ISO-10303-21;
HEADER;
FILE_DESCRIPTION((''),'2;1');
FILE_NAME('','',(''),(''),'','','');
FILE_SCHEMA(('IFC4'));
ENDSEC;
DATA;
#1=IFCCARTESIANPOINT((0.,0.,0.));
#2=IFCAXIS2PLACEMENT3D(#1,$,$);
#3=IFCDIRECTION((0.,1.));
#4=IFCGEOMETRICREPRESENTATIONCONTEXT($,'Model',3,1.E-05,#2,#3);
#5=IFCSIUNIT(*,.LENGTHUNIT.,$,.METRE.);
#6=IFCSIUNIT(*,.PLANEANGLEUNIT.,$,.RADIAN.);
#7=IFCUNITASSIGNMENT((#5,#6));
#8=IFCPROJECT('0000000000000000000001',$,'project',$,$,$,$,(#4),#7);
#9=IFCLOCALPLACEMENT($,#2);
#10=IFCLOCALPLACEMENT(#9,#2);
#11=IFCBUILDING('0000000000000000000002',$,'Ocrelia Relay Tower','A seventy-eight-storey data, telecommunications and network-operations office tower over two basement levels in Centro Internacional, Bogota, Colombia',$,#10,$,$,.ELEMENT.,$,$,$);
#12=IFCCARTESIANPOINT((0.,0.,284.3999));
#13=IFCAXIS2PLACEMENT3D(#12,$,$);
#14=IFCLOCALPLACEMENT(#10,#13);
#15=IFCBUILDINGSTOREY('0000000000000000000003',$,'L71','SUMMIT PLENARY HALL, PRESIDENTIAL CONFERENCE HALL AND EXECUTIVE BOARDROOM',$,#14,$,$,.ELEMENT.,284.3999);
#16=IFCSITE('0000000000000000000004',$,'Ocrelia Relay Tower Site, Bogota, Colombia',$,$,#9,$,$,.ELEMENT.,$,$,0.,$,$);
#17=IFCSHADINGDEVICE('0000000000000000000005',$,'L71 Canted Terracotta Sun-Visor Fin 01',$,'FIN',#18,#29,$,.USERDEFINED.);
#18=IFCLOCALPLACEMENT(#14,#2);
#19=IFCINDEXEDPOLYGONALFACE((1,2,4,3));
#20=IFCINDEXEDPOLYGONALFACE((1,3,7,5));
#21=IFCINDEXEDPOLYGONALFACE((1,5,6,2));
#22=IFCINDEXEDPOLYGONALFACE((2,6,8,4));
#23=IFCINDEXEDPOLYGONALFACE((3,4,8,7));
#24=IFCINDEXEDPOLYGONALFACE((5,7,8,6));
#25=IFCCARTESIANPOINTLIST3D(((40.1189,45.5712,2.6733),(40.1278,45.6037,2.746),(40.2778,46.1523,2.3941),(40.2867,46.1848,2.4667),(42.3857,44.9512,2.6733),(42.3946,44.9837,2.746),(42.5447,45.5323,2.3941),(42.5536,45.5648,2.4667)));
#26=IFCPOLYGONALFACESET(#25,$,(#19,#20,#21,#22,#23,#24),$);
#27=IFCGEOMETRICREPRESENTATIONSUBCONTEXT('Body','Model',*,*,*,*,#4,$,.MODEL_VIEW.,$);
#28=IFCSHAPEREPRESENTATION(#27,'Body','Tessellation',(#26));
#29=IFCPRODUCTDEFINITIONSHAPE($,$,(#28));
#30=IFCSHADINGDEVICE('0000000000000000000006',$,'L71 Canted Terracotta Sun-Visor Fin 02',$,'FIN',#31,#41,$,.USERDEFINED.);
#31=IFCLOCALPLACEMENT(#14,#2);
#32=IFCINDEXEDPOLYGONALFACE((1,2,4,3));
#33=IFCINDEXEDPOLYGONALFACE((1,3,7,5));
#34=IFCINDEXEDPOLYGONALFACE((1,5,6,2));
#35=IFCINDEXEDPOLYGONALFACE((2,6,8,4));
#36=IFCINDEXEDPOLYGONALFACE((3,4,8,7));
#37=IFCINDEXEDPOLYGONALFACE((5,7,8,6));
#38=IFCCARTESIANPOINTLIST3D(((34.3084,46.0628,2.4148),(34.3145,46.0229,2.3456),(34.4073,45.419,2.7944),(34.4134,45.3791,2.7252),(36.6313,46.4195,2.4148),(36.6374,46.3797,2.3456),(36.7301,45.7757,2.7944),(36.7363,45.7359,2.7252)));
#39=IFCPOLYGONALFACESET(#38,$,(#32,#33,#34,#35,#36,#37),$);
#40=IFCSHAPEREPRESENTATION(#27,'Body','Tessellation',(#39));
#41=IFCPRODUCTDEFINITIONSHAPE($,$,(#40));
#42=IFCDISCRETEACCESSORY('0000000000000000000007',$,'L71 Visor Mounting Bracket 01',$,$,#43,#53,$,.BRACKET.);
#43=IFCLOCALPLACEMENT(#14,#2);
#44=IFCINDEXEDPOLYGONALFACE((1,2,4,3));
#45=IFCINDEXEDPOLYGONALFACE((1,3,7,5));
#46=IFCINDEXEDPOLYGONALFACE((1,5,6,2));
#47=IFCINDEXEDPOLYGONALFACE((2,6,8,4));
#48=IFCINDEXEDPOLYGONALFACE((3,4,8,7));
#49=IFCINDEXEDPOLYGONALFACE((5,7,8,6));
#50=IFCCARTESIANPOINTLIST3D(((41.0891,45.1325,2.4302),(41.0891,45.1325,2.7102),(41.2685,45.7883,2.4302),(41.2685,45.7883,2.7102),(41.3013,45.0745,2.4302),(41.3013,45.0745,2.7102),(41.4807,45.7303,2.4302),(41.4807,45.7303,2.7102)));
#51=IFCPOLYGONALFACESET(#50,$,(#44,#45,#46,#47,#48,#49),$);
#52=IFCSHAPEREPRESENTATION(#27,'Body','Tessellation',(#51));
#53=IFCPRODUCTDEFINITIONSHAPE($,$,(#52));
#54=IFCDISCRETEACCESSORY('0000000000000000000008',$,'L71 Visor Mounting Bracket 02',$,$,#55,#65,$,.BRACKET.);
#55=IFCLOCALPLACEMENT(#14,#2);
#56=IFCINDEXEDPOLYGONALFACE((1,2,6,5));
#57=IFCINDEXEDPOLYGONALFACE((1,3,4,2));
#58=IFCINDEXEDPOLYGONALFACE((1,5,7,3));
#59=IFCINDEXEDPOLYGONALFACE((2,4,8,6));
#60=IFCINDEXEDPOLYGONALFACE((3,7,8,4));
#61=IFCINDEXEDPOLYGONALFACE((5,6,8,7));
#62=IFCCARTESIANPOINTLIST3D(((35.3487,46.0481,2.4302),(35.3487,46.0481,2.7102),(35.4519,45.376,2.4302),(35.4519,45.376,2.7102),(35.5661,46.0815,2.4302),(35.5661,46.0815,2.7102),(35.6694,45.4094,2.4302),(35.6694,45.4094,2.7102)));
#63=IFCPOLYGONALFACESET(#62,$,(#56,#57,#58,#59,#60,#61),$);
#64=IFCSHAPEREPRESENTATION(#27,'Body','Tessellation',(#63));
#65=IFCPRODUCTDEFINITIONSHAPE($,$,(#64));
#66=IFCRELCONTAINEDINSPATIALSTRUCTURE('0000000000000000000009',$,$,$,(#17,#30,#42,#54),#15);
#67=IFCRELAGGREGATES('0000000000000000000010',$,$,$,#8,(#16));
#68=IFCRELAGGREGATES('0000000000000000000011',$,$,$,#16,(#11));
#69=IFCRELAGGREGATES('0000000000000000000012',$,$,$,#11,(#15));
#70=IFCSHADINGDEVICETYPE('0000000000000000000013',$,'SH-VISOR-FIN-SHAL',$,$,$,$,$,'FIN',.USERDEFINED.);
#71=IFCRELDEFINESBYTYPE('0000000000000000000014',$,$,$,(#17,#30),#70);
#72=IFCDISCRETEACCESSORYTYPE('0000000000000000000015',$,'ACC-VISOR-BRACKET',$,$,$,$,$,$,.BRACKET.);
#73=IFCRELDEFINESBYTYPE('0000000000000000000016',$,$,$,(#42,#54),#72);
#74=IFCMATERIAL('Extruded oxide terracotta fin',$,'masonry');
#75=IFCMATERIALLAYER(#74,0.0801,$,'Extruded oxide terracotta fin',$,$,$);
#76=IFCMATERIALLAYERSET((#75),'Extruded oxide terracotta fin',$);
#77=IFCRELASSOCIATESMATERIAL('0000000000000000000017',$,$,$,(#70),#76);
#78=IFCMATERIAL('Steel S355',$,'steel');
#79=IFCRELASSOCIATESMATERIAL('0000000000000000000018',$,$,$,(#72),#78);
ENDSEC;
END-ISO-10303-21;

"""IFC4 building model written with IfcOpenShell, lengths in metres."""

from ifc_helpers import new_model, si_unit, direction, frame, origin, origin_2d, place, context, subcontext, project, spatial, rectangle, extrude, material, layer, layer_set, type_object, element, save


model = new_model("IFC4")

# Units and contexts
model_context = context("Model", 3, precision=1e-05, world=origin(), true_north=direction((0.0, 1.0)))
body_context = subcontext(model_context, "Body", "Model", "MODEL_VIEW")
ifc_project = project(units=[si_unit("LENGTHUNIT", "METRE"), si_unit("PLANEANGLEUNIT", "RADIAN")], contexts=[model_context])

# Site, building, storey
site_placement = place(None, origin())
site = spatial("IfcSite", under=ifc_project, at=site_placement, Name="Ocrelia Relay Tower Site, Bogota, Colombia", CompositionType="ELEMENT", RefElevation=0.0)
building_placement = place(site_placement, origin())
building = spatial("IfcBuilding", under=site, at=building_placement, Name="Ocrelia Relay Tower", Description="A seventy-eight-storey data, telecommunications and network-operations office tower over two basement levels in Centro Internacional, Bogota, Colombia", CompositionType="ELEMENT")
storey_placement = place(building_placement, frame((0.0, 0.0, 284.3999)))
storey = spatial("IfcBuildingStorey", under=building, at=storey_placement, Name="L71", Description="SUMMIT PLENARY HALL, PRESIDENTIAL CONFERENCE HALL AND EXECUTIVE BOARDROOM", CompositionType="ELEMENT", Elevation=284.3999)

# Shared definitions
ifc_material_1 = material(Name="Steel S355", Category="steel")

# Shading devices
ifc_material_2 = material(Name="Extruded oxide terracotta fin", Category="masonry")
ifc_layer_1 = layer(ifc_material_2, 0.0801, Name="Extruded oxide terracotta fin")
ifc_layer_set_1 = layer_set([ifc_layer_1], Name="Extruded oxide terracotta fin")
shading_device_type_1 = type_object("IfcShadingDeviceType", Name="SH-VISOR-FIN-SHAL", ElementType="FIN", PredefinedType="USERDEFINED", material=ifc_layer_set_1)
shading_device_1_placement = place(storey_placement, frame((41.3318, 45.5518, 2.5337), z_axis=(0.110955, 0.40566, 0.907264), x_axis=(-0.96457, 0.263827, 0.0)))
element("IfcShadingDevice", 1, at=shading_device_1_placement, inside=storey, type_object=shading_device_type_1, Name="L71 Canted Terracotta Sun-Visor Fin 01", ObjectType="FIN", PredefinedType="USERDEFINED", context=body_context, shape_type="SweptSolid", body=[
    extrude(rectangle(XDim=2.3501, YDim=0.6641, at=origin_2d()), origin(), (0.0, 0.0, 1.0), 0.0801),
])
shading_device_2_placement = place(storey_placement, frame((35.5254, 45.8794, 2.5354), z_axis=(-0.076428, 0.497638, 0.864011), x_axis=(-0.988411, -0.151802, 0.0)))
element("IfcShadingDevice", 2, at=shading_device_2_placement, inside=storey, type_object=shading_device_type_1, Name="L71 Canted Terracotta Sun-Visor Fin 02", ObjectType="FIN", PredefinedType="USERDEFINED", context=body_context, shape_type="SweptSolid", body=[
    extrude(rectangle(XDim=2.3501, YDim=0.7539, at=origin_2d()), origin(), (0.0, 0.0, 1.0), 0.0801),
])

# Discrete accessories
discrete_accessory_type = type_object("IfcDiscreteAccessoryType", Name="ACC-VISOR-BRACKET", PredefinedType="BRACKET", material=ifc_material_1)
for number, where, z_axis, x_axis, name in (
    (3, (41.2849, 45.4314, 2.4302), (0.0, 0.0, 1.0), (-0.96457, 0.263827, 0.0), "L71 Visor Mounting Bracket 01"),
    (4, (35.509, 45.7288, 2.4302), (0.0, 0.0, 1.0), (-0.988411, -0.151802, 0.0), "L71 Visor Mounting Bracket 02"),
):
    element("IfcDiscreteAccessory", number, at=place(storey_placement, frame(where, z_axis=z_axis, x_axis=x_axis)), inside=storey, type_object=discrete_accessory_type, Name=name, PredefinedType="BRACKET", context=body_context, shape_type="SweptSolid", body=[
        extrude(rectangle(XDim=0.22, YDim=0.6799, at=origin_2d()), origin(), (0.0, 0.0, 1.0), 0.28),
    ])

save(model, "model.ifc")
